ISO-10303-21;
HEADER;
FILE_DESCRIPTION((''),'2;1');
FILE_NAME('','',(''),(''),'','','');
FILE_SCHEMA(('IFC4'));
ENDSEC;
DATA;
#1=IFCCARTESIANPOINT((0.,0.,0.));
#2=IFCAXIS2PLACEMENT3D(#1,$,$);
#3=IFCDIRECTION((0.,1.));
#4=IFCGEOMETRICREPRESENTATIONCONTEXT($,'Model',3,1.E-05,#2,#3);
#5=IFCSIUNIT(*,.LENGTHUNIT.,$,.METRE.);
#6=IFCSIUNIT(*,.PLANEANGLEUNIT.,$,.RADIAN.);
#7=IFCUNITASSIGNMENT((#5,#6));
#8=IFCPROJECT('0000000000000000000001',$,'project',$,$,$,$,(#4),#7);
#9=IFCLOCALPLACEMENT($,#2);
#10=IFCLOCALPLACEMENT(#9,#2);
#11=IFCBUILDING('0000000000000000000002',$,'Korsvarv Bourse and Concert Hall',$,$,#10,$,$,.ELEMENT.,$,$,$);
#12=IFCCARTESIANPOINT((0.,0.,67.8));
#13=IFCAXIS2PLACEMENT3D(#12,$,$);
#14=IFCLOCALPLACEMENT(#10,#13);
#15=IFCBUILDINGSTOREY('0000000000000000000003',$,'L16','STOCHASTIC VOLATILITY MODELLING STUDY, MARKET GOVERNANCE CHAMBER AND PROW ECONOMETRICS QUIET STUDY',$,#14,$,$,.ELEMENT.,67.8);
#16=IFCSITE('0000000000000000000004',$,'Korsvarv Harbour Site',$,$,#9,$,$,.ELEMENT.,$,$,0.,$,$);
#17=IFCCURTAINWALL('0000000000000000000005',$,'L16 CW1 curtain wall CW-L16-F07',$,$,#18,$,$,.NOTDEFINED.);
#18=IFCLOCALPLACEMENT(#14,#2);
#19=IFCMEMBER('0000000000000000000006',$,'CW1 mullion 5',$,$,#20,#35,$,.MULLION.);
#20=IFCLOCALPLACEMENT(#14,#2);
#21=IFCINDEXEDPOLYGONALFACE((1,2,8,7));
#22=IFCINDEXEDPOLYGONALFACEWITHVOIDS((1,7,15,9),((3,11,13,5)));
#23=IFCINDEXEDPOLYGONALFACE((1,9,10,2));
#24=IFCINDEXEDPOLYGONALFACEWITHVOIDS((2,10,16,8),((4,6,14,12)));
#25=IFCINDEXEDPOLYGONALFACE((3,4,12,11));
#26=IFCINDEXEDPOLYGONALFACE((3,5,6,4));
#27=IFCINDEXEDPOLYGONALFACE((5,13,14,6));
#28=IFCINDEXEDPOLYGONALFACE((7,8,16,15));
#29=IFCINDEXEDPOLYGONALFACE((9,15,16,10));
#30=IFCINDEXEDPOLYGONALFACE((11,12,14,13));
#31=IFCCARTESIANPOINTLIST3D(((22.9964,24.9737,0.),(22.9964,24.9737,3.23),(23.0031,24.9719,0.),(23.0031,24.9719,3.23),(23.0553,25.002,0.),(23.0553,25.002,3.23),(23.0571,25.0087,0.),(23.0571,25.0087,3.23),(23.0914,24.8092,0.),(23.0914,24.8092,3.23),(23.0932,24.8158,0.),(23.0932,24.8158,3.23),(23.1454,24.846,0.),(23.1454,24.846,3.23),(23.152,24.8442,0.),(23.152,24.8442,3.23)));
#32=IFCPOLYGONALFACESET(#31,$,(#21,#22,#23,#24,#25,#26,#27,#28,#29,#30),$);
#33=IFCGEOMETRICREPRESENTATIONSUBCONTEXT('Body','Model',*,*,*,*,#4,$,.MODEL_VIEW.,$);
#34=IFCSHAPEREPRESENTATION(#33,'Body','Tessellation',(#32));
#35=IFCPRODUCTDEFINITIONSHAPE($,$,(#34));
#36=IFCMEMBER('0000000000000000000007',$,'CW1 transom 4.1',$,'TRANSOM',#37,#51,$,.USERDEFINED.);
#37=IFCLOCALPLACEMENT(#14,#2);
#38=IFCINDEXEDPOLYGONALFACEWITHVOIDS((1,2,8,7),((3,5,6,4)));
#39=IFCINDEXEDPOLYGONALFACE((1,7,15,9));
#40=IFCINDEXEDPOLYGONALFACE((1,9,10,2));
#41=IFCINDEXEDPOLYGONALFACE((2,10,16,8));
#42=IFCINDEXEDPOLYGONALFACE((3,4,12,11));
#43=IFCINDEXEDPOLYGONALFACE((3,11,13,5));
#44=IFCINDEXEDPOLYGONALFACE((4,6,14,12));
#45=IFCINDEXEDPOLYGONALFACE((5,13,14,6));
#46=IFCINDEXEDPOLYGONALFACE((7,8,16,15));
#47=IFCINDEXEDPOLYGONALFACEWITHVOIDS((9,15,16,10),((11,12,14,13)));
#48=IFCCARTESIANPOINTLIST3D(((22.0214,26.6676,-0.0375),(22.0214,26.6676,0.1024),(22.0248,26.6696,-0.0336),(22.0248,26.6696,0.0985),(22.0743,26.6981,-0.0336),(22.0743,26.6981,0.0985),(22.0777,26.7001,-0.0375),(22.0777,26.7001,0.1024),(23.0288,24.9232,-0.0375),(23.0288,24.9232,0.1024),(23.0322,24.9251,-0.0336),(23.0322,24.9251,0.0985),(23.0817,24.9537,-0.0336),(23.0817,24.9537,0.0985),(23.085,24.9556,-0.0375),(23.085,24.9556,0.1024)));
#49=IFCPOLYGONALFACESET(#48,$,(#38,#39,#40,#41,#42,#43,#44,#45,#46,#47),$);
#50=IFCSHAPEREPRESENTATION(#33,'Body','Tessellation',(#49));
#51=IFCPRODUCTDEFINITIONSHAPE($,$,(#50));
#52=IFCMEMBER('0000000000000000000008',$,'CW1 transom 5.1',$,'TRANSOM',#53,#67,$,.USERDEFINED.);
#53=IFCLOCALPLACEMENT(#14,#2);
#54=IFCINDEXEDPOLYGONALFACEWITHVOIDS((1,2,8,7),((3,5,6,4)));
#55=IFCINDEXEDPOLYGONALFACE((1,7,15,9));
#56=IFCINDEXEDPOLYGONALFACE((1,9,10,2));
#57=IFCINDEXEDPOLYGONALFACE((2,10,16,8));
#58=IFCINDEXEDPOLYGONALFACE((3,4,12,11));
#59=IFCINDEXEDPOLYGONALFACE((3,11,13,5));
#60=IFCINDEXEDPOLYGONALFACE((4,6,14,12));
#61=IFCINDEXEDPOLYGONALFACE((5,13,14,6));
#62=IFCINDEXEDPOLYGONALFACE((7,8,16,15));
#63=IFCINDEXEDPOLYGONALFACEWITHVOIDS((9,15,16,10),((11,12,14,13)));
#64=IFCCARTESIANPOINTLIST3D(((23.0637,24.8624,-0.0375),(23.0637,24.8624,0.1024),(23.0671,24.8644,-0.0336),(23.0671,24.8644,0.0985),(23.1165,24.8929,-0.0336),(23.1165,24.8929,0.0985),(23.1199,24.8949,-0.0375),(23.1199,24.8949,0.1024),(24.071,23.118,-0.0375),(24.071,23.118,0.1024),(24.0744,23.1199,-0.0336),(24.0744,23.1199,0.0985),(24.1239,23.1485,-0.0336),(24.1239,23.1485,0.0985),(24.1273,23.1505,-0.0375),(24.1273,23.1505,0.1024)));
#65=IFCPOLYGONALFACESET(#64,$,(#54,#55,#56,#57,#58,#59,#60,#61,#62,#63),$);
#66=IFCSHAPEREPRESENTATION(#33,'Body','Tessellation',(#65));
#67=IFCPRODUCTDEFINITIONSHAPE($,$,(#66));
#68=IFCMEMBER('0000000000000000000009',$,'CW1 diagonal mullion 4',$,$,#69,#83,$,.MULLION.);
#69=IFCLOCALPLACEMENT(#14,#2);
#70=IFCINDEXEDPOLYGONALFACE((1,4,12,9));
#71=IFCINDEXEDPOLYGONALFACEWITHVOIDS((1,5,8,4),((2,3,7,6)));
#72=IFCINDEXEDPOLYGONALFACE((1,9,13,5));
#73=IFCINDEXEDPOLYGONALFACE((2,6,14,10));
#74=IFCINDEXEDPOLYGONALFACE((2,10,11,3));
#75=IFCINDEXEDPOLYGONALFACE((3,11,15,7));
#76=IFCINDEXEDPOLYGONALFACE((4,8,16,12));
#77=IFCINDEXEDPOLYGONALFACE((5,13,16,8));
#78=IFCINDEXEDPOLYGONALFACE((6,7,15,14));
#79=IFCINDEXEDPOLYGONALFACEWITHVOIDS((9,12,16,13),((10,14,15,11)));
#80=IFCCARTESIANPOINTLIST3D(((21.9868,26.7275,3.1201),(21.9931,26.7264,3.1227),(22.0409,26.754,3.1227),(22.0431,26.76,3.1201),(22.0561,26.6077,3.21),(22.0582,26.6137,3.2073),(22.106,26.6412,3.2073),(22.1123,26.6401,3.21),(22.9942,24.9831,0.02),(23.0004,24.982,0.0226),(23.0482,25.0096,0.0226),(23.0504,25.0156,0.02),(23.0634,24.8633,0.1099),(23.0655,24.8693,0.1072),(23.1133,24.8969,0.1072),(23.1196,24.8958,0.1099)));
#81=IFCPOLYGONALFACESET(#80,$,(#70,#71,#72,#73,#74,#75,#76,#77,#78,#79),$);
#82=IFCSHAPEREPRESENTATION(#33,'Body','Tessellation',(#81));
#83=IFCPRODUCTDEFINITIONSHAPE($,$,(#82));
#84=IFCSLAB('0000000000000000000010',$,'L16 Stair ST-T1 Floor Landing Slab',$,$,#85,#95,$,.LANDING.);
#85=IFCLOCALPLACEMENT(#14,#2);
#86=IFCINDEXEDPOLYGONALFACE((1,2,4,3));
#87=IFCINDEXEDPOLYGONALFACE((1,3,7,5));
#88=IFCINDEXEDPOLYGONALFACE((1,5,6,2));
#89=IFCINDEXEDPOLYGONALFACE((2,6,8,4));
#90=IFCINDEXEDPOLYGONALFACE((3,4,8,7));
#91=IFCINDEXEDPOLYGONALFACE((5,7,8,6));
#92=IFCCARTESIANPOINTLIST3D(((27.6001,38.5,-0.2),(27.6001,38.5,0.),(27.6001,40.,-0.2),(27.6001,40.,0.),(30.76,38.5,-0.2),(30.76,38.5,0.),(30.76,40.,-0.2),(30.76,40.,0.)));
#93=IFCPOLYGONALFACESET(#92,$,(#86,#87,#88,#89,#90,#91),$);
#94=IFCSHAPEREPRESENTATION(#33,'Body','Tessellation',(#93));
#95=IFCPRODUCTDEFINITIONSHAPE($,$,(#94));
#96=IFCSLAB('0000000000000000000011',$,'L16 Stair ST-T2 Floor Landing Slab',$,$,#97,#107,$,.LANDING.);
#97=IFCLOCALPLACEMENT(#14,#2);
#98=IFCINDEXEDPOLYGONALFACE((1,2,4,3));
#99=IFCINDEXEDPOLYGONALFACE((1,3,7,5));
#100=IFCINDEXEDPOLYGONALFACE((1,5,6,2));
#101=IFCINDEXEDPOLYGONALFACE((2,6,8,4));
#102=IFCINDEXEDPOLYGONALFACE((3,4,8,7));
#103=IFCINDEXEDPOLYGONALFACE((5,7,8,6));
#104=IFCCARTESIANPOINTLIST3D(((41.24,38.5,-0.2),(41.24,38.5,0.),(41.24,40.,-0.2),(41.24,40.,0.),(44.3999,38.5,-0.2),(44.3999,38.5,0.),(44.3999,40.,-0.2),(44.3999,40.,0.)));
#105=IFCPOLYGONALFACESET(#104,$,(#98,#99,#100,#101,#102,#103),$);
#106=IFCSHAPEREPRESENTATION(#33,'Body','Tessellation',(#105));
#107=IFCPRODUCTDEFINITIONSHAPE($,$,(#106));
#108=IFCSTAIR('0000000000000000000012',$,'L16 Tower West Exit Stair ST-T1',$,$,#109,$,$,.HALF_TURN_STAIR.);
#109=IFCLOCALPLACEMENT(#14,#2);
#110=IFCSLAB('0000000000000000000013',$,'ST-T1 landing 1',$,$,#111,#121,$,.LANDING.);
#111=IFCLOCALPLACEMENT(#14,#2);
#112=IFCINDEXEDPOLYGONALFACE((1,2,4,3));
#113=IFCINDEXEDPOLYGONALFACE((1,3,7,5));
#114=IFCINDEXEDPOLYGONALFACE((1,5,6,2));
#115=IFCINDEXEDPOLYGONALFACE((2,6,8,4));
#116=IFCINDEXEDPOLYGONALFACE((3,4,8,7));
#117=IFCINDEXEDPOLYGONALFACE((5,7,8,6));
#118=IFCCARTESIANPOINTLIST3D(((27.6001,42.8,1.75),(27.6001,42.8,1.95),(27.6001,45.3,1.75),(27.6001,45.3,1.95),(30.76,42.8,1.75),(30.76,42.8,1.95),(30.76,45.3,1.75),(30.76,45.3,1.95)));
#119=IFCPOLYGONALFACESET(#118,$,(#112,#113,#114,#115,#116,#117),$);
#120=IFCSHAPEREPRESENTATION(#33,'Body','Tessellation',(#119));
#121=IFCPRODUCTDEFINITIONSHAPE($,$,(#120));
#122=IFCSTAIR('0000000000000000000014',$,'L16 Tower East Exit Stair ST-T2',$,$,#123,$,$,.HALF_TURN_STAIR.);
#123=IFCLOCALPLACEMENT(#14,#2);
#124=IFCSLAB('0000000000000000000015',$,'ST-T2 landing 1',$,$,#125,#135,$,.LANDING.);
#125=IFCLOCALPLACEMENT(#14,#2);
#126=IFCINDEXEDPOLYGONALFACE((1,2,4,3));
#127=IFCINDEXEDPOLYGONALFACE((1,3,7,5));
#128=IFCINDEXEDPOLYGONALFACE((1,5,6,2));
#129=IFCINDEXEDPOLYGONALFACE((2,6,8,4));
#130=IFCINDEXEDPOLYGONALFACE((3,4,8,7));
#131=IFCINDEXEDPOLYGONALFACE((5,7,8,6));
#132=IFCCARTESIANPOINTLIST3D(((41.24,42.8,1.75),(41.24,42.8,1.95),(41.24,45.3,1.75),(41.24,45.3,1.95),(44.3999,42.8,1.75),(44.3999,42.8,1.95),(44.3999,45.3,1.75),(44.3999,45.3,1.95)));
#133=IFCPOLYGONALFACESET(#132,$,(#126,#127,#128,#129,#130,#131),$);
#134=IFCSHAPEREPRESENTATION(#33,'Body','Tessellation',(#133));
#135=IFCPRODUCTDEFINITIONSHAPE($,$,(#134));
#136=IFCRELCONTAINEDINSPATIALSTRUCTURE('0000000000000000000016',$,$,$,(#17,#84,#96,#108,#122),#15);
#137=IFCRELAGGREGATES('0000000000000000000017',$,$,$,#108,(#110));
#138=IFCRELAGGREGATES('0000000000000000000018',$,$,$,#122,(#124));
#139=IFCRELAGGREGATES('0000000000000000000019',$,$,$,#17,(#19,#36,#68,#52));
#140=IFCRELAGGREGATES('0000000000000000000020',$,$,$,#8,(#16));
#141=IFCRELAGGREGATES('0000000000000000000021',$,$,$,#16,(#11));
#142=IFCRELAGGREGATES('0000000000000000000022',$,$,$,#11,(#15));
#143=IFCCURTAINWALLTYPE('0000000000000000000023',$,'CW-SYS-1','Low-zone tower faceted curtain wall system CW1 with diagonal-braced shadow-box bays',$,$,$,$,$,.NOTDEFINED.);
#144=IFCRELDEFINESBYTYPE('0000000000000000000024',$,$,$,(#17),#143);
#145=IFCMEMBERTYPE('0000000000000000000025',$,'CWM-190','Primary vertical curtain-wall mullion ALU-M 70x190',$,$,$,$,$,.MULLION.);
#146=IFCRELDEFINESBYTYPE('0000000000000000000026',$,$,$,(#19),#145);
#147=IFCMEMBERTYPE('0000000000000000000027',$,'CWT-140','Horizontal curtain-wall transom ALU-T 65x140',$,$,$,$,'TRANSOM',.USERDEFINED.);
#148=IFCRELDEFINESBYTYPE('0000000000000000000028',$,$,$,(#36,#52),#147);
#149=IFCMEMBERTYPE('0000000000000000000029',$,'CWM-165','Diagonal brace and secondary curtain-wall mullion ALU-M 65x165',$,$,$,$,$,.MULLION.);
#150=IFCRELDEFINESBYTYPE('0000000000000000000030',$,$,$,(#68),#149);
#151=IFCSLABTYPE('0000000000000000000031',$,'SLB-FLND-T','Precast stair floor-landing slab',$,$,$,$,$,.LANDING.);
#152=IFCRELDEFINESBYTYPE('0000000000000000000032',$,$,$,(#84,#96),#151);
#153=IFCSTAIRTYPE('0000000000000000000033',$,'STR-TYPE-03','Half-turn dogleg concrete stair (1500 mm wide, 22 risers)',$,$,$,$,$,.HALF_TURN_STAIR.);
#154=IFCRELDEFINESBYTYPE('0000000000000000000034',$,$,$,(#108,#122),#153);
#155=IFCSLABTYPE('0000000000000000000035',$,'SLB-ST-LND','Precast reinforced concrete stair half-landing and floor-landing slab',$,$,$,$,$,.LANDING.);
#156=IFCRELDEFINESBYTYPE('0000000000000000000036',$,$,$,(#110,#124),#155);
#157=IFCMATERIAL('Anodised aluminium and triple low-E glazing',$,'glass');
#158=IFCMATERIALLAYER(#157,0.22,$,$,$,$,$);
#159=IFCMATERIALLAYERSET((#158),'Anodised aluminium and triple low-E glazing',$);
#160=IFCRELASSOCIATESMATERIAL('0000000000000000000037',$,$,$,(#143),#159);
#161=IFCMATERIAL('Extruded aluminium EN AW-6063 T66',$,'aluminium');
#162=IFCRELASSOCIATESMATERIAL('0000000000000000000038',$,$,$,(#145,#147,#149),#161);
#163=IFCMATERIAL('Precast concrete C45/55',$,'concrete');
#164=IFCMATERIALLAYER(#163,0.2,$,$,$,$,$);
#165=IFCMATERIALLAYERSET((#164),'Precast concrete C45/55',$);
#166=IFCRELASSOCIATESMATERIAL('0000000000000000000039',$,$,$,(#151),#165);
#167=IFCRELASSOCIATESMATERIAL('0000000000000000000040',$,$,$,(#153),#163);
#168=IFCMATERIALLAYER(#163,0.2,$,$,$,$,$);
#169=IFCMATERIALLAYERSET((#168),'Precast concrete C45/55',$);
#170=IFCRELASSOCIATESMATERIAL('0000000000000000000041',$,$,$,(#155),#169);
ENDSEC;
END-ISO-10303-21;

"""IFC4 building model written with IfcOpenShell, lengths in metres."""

from ifc_helpers import new_model, si_unit, direction, frame, origin, origin_2d, place, context, subcontext, project, spatial, polyline, hollow_rectangle, outline, extrude, source, transform, mapped, material, layer, layer_set, material_profile, profile_set, type_object, element, aggregate, save


model = new_model("IFC4")

# Units and contexts
model_context = context("Model", 3, precision=1e-05, world=origin(), true_north=direction((0.0, 1.0)))
body_context = subcontext(model_context, "Body", "Model", "MODEL_VIEW")
ifc_project = project(units=[si_unit("LENGTHUNIT", "METRE"), si_unit("PLANEANGLEUNIT", "RADIAN")], contexts=[model_context])

# Site, building, storey
site_placement = place(None, origin())
site = spatial("IfcSite", under=ifc_project, at=site_placement, Name="Korsvarv Harbour Site", CompositionType="ELEMENT", RefElevation=0.0)
building_placement = place(site_placement, origin())
building = spatial("IfcBuilding", under=site, at=building_placement, Name="Korsvarv Bourse and Concert Hall", CompositionType="ELEMENT")
storey_placement = place(building_placement, frame((0.0, 0.0, 67.8)))
storey = spatial("IfcBuildingStorey", under=building, at=storey_placement, Name="L16", Description="STOCHASTIC VOLATILITY MODELLING STUDY, MARKET GOVERNANCE CHAMBER AND PROW ECONOMETRICS QUIET STUDY", CompositionType="ELEMENT", Elevation=67.8)

# Curtain wall, members
ifc_material_1 = material(Name="Anodised aluminium and triple low-E glazing", Category="glass")
ifc_layer_1 = layer(ifc_material_1, 0.22)
ifc_layer_set_1 = layer_set([ifc_layer_1], Name="Anodised aluminium and triple low-E glazing")
curtain_wall_type = type_object("IfcCurtainWallType", Name="CW-SYS-1", Description="Low-zone tower faceted curtain wall system CW1 with diagonal-braced shadow-box bays", PredefinedType="NOTDEFINED", material=ifc_layer_set_1)
curtain_wall_placement = place(storey_placement, origin())
curtain_wall = element("IfcCurtainWall", 1, at=curtain_wall_placement, inside=storey, type_object=curtain_wall_type, Name="L16 CW1 curtain wall CW-L16-F07", PredefinedType="NOTDEFINED")
ifc_material_2 = material(Name="Extruded aluminium EN AW-6063 T66", Category="aluminium")
ifc_material_profile_1 = material_profile(ifc_material_2, hollow_rectangle(XDim=0.0701, YDim=0.1899, WallThickness=0.0049, at=origin_2d()), Name="ALU-M 70x190")
ifc_profile_set_1 = profile_set([ifc_material_profile_1], Name="Extruded aluminium EN AW-6063 T66")
member_type_1 = type_object("IfcMemberType", Name="CWM-190", Description="Primary vertical curtain-wall mullion ALU-M 70x190", PredefinedType="MULLION", material=ifc_profile_set_1)
shared_shape_1 = source(origin(), body_context, "Body", "SweptSolid", [
    extrude(hollow_rectangle(XDim=0.0701, YDim=0.1899, WallThickness=0.0049, at=origin_2d()), origin(), (0.0, 0.0, 1.0), 3.23),
])
member_1_placement = place(storey_placement, frame((23.0742, 24.9089, 0.0), z_axis=(0.0, 0.0, 1.0), x_axis=(0.866022, 0.500006, 0.0)))
member_1 = element("IfcMember", 2, at=member_1_placement, type_object=member_type_1, Name="CW1 mullion 5", PredefinedType="MULLION", context=body_context, shape_type="MappedRepresentation", body=[
    mapped(shared_shape_1, transform((0.0, 0.0, 0.0), scale=1.0)),
])
ifc_material_profile_2 = material_profile(ifc_material_2, hollow_rectangle(XDim=0.0649, YDim=0.1399, WallThickness=0.0039, at=origin_2d()), Name="ALU-T 65x140")
ifc_profile_set_2 = profile_set([ifc_material_profile_2], Name="Extruded aluminium EN AW-6063 T66")
member_type_2 = type_object("IfcMemberType", Name="CWT-140", Description="Horizontal curtain-wall transom ALU-T 65x140", ElementType="TRANSOM", PredefinedType="USERDEFINED", material=ifc_profile_set_2)
shared_shape_2 = source(origin(), body_context, "Body", "SweptSolid", [
    extrude(hollow_rectangle(XDim=0.0649, YDim=0.1399, WallThickness=0.0039, at=origin_2d()), origin(), (0.0, 0.0, 1.0), 2.0144),
])
member_2_placement = place(storey_placement, frame((22.0496, 26.6838, 0.0325), z_axis=(0.500076, -0.865982, 0.0), x_axis=(0.865982, 0.500076, 0.0)))
member_2 = element("IfcMember", 3, at=member_2_placement, type_object=member_type_2, Name="CW1 transom 4.1", ObjectType="TRANSOM", PredefinedType="USERDEFINED", context=body_context, shape_type="MappedRepresentation", body=[
    mapped(shared_shape_2, transform((0.0, 0.0, 0.0), scale=1.0)),
])
member_3_placement = place(storey_placement, frame((23.0918, 24.8787, 0.0325), z_axis=(0.500076, -0.865982, 0.0), x_axis=(0.865982, 0.500076, 0.0)))
member_3 = element("IfcMember", 4, at=member_3_placement, type_object=member_type_2, Name="CW1 transom 5.1", ObjectType="TRANSOM", PredefinedType="USERDEFINED", context=body_context, shape_type="MappedRepresentation", body=[
    mapped(shared_shape_2, transform((0.0, 0.0, 0.0), scale=1.0)),
])
ifc_material_profile_3 = material_profile(ifc_material_2, hollow_rectangle(XDim=0.0649, YDim=0.165, WallThickness=0.0049, at=origin_2d()), Name="ALU-M 65x165")
ifc_profile_set_3 = profile_set([ifc_material_profile_3], Name="Extruded aluminium EN AW-6063 T66")
member_type_3 = type_object("IfcMemberType", Name="CWM-165", Description="Diagonal brace and secondary curtain-wall mullion ALU-M 65x165", PredefinedType="MULLION", material=ifc_profile_set_3)
shared_shape_3 = source(origin(), body_context, "Body", "SweptSolid", [
    extrude(hollow_rectangle(XDim=0.0649, YDim=0.165, WallThickness=0.0049, at=origin_2d()), origin(), (0.0, 0.0, 1.0), 3.697),
])
member_4_placement = place(storey_placement, frame((23.0569, 24.9395, 0.0649), z_axis=(-0.272467, 0.471831, 0.838533), x_axis=(-0.865982, -0.500076, 0.0)))
member_4 = element("IfcMember", 5, at=member_4_placement, type_object=member_type_3, Name="CW1 diagonal mullion 4", PredefinedType="MULLION", context=body_context, shape_type="MappedRepresentation", body=[
    mapped(shared_shape_3, transform((0.0, 0.0, 0.0), scale=1.0)),
])

# Slabs
ifc_material_3 = material(Name="Precast concrete C45/55", Category="concrete")
ifc_layer_2 = layer(ifc_material_3, 0.2)
ifc_layer_set_2 = layer_set([ifc_layer_2], Name="Precast concrete C45/55")
slab_type_1 = type_object("IfcSlabType", Name="SLB-FLND-T", Description="Precast stair floor-landing slab", PredefinedType="LANDING", material=ifc_layer_set_2)
slab_1_placement = place(storey_placement, frame((0.0, 0.0, -0.2)))
element("IfcSlab", 6, at=slab_1_placement, inside=storey, type_object=slab_type_1, Name="L16 Stair ST-T1 Floor Landing Slab", PredefinedType="LANDING", context=body_context, shape_type="SweptSolid", body=[
    extrude(outline(polyline([(30.76, 38.5), (30.76, 40.0), (27.6001, 40.0), (27.6001, 38.5), (30.76, 38.5)])), origin(), (0.0, 0.0, 1.0), 0.2),
])
slab_2_placement = place(storey_placement, frame((0.0, 0.0, -0.2)))
element("IfcSlab", 7, at=slab_2_placement, inside=storey, type_object=slab_type_1, Name="L16 Stair ST-T2 Floor Landing Slab", PredefinedType="LANDING", context=body_context, shape_type="SweptSolid", body=[
    extrude(outline(polyline([(44.3999, 38.5), (44.3999, 40.0), (41.24, 40.0), (41.24, 38.5), (44.3999, 38.5)])), origin(), (0.0, 0.0, 1.0), 0.2),
])

# Stairs, slabs
stair_type = type_object("IfcStairType", Name="STR-TYPE-03", Description="Half-turn dogleg concrete stair (1500 mm wide, 22 risers)", PredefinedType="HALF_TURN_STAIR", material=ifc_material_3)
stair_1_placement = place(storey_placement, origin())
stair_1 = element("IfcStair", 8, at=stair_1_placement, inside=storey, type_object=stair_type, Name="L16 Tower West Exit Stair ST-T1", PredefinedType="HALF_TURN_STAIR")
ifc_layer_3 = layer(ifc_material_3, 0.2)
ifc_layer_set_3 = layer_set([ifc_layer_3], Name="Precast concrete C45/55")
slab_type_2 = type_object("IfcSlabType", Name="SLB-ST-LND", Description="Precast reinforced concrete stair half-landing and floor-landing slab", PredefinedType="LANDING", material=ifc_layer_set_3)
slab_3_placement = place(storey_placement, frame((0.0, 0.0, 1.75)))
slab_3 = element("IfcSlab", 9, at=slab_3_placement, type_object=slab_type_2, Name="ST-T1 landing 1", PredefinedType="LANDING", context=body_context, shape_type="SweptSolid", body=[
    extrude(outline(polyline([(30.76, 42.8), (30.76, 45.3), (27.6001, 45.3), (27.6001, 42.8), (30.76, 42.8)])), origin(), (0.0, 0.0, 1.0), 0.2),
])
aggregate(stair_1, [slab_3])
stair_2_placement = place(storey_placement, origin())
stair_2 = element("IfcStair", 10, at=stair_2_placement, inside=storey, type_object=stair_type, Name="L16 Tower East Exit Stair ST-T2", PredefinedType="HALF_TURN_STAIR")
slab_4_placement = place(storey_placement, frame((0.0, 0.0, 1.75)))
slab_4 = element("IfcSlab", 11, at=slab_4_placement, type_object=slab_type_2, Name="ST-T2 landing 1", PredefinedType="LANDING", context=body_context, shape_type="SweptSolid", body=[
    extrude(outline(polyline([(44.3999, 42.8), (44.3999, 45.3), (41.24, 45.3), (41.24, 42.8), (44.3999, 42.8)])), origin(), (0.0, 0.0, 1.0), 0.2),
])
aggregate(stair_2, [slab_4])

aggregate(curtain_wall, [member_1, member_2, member_4, member_3])

save(model, "model.ifc")
